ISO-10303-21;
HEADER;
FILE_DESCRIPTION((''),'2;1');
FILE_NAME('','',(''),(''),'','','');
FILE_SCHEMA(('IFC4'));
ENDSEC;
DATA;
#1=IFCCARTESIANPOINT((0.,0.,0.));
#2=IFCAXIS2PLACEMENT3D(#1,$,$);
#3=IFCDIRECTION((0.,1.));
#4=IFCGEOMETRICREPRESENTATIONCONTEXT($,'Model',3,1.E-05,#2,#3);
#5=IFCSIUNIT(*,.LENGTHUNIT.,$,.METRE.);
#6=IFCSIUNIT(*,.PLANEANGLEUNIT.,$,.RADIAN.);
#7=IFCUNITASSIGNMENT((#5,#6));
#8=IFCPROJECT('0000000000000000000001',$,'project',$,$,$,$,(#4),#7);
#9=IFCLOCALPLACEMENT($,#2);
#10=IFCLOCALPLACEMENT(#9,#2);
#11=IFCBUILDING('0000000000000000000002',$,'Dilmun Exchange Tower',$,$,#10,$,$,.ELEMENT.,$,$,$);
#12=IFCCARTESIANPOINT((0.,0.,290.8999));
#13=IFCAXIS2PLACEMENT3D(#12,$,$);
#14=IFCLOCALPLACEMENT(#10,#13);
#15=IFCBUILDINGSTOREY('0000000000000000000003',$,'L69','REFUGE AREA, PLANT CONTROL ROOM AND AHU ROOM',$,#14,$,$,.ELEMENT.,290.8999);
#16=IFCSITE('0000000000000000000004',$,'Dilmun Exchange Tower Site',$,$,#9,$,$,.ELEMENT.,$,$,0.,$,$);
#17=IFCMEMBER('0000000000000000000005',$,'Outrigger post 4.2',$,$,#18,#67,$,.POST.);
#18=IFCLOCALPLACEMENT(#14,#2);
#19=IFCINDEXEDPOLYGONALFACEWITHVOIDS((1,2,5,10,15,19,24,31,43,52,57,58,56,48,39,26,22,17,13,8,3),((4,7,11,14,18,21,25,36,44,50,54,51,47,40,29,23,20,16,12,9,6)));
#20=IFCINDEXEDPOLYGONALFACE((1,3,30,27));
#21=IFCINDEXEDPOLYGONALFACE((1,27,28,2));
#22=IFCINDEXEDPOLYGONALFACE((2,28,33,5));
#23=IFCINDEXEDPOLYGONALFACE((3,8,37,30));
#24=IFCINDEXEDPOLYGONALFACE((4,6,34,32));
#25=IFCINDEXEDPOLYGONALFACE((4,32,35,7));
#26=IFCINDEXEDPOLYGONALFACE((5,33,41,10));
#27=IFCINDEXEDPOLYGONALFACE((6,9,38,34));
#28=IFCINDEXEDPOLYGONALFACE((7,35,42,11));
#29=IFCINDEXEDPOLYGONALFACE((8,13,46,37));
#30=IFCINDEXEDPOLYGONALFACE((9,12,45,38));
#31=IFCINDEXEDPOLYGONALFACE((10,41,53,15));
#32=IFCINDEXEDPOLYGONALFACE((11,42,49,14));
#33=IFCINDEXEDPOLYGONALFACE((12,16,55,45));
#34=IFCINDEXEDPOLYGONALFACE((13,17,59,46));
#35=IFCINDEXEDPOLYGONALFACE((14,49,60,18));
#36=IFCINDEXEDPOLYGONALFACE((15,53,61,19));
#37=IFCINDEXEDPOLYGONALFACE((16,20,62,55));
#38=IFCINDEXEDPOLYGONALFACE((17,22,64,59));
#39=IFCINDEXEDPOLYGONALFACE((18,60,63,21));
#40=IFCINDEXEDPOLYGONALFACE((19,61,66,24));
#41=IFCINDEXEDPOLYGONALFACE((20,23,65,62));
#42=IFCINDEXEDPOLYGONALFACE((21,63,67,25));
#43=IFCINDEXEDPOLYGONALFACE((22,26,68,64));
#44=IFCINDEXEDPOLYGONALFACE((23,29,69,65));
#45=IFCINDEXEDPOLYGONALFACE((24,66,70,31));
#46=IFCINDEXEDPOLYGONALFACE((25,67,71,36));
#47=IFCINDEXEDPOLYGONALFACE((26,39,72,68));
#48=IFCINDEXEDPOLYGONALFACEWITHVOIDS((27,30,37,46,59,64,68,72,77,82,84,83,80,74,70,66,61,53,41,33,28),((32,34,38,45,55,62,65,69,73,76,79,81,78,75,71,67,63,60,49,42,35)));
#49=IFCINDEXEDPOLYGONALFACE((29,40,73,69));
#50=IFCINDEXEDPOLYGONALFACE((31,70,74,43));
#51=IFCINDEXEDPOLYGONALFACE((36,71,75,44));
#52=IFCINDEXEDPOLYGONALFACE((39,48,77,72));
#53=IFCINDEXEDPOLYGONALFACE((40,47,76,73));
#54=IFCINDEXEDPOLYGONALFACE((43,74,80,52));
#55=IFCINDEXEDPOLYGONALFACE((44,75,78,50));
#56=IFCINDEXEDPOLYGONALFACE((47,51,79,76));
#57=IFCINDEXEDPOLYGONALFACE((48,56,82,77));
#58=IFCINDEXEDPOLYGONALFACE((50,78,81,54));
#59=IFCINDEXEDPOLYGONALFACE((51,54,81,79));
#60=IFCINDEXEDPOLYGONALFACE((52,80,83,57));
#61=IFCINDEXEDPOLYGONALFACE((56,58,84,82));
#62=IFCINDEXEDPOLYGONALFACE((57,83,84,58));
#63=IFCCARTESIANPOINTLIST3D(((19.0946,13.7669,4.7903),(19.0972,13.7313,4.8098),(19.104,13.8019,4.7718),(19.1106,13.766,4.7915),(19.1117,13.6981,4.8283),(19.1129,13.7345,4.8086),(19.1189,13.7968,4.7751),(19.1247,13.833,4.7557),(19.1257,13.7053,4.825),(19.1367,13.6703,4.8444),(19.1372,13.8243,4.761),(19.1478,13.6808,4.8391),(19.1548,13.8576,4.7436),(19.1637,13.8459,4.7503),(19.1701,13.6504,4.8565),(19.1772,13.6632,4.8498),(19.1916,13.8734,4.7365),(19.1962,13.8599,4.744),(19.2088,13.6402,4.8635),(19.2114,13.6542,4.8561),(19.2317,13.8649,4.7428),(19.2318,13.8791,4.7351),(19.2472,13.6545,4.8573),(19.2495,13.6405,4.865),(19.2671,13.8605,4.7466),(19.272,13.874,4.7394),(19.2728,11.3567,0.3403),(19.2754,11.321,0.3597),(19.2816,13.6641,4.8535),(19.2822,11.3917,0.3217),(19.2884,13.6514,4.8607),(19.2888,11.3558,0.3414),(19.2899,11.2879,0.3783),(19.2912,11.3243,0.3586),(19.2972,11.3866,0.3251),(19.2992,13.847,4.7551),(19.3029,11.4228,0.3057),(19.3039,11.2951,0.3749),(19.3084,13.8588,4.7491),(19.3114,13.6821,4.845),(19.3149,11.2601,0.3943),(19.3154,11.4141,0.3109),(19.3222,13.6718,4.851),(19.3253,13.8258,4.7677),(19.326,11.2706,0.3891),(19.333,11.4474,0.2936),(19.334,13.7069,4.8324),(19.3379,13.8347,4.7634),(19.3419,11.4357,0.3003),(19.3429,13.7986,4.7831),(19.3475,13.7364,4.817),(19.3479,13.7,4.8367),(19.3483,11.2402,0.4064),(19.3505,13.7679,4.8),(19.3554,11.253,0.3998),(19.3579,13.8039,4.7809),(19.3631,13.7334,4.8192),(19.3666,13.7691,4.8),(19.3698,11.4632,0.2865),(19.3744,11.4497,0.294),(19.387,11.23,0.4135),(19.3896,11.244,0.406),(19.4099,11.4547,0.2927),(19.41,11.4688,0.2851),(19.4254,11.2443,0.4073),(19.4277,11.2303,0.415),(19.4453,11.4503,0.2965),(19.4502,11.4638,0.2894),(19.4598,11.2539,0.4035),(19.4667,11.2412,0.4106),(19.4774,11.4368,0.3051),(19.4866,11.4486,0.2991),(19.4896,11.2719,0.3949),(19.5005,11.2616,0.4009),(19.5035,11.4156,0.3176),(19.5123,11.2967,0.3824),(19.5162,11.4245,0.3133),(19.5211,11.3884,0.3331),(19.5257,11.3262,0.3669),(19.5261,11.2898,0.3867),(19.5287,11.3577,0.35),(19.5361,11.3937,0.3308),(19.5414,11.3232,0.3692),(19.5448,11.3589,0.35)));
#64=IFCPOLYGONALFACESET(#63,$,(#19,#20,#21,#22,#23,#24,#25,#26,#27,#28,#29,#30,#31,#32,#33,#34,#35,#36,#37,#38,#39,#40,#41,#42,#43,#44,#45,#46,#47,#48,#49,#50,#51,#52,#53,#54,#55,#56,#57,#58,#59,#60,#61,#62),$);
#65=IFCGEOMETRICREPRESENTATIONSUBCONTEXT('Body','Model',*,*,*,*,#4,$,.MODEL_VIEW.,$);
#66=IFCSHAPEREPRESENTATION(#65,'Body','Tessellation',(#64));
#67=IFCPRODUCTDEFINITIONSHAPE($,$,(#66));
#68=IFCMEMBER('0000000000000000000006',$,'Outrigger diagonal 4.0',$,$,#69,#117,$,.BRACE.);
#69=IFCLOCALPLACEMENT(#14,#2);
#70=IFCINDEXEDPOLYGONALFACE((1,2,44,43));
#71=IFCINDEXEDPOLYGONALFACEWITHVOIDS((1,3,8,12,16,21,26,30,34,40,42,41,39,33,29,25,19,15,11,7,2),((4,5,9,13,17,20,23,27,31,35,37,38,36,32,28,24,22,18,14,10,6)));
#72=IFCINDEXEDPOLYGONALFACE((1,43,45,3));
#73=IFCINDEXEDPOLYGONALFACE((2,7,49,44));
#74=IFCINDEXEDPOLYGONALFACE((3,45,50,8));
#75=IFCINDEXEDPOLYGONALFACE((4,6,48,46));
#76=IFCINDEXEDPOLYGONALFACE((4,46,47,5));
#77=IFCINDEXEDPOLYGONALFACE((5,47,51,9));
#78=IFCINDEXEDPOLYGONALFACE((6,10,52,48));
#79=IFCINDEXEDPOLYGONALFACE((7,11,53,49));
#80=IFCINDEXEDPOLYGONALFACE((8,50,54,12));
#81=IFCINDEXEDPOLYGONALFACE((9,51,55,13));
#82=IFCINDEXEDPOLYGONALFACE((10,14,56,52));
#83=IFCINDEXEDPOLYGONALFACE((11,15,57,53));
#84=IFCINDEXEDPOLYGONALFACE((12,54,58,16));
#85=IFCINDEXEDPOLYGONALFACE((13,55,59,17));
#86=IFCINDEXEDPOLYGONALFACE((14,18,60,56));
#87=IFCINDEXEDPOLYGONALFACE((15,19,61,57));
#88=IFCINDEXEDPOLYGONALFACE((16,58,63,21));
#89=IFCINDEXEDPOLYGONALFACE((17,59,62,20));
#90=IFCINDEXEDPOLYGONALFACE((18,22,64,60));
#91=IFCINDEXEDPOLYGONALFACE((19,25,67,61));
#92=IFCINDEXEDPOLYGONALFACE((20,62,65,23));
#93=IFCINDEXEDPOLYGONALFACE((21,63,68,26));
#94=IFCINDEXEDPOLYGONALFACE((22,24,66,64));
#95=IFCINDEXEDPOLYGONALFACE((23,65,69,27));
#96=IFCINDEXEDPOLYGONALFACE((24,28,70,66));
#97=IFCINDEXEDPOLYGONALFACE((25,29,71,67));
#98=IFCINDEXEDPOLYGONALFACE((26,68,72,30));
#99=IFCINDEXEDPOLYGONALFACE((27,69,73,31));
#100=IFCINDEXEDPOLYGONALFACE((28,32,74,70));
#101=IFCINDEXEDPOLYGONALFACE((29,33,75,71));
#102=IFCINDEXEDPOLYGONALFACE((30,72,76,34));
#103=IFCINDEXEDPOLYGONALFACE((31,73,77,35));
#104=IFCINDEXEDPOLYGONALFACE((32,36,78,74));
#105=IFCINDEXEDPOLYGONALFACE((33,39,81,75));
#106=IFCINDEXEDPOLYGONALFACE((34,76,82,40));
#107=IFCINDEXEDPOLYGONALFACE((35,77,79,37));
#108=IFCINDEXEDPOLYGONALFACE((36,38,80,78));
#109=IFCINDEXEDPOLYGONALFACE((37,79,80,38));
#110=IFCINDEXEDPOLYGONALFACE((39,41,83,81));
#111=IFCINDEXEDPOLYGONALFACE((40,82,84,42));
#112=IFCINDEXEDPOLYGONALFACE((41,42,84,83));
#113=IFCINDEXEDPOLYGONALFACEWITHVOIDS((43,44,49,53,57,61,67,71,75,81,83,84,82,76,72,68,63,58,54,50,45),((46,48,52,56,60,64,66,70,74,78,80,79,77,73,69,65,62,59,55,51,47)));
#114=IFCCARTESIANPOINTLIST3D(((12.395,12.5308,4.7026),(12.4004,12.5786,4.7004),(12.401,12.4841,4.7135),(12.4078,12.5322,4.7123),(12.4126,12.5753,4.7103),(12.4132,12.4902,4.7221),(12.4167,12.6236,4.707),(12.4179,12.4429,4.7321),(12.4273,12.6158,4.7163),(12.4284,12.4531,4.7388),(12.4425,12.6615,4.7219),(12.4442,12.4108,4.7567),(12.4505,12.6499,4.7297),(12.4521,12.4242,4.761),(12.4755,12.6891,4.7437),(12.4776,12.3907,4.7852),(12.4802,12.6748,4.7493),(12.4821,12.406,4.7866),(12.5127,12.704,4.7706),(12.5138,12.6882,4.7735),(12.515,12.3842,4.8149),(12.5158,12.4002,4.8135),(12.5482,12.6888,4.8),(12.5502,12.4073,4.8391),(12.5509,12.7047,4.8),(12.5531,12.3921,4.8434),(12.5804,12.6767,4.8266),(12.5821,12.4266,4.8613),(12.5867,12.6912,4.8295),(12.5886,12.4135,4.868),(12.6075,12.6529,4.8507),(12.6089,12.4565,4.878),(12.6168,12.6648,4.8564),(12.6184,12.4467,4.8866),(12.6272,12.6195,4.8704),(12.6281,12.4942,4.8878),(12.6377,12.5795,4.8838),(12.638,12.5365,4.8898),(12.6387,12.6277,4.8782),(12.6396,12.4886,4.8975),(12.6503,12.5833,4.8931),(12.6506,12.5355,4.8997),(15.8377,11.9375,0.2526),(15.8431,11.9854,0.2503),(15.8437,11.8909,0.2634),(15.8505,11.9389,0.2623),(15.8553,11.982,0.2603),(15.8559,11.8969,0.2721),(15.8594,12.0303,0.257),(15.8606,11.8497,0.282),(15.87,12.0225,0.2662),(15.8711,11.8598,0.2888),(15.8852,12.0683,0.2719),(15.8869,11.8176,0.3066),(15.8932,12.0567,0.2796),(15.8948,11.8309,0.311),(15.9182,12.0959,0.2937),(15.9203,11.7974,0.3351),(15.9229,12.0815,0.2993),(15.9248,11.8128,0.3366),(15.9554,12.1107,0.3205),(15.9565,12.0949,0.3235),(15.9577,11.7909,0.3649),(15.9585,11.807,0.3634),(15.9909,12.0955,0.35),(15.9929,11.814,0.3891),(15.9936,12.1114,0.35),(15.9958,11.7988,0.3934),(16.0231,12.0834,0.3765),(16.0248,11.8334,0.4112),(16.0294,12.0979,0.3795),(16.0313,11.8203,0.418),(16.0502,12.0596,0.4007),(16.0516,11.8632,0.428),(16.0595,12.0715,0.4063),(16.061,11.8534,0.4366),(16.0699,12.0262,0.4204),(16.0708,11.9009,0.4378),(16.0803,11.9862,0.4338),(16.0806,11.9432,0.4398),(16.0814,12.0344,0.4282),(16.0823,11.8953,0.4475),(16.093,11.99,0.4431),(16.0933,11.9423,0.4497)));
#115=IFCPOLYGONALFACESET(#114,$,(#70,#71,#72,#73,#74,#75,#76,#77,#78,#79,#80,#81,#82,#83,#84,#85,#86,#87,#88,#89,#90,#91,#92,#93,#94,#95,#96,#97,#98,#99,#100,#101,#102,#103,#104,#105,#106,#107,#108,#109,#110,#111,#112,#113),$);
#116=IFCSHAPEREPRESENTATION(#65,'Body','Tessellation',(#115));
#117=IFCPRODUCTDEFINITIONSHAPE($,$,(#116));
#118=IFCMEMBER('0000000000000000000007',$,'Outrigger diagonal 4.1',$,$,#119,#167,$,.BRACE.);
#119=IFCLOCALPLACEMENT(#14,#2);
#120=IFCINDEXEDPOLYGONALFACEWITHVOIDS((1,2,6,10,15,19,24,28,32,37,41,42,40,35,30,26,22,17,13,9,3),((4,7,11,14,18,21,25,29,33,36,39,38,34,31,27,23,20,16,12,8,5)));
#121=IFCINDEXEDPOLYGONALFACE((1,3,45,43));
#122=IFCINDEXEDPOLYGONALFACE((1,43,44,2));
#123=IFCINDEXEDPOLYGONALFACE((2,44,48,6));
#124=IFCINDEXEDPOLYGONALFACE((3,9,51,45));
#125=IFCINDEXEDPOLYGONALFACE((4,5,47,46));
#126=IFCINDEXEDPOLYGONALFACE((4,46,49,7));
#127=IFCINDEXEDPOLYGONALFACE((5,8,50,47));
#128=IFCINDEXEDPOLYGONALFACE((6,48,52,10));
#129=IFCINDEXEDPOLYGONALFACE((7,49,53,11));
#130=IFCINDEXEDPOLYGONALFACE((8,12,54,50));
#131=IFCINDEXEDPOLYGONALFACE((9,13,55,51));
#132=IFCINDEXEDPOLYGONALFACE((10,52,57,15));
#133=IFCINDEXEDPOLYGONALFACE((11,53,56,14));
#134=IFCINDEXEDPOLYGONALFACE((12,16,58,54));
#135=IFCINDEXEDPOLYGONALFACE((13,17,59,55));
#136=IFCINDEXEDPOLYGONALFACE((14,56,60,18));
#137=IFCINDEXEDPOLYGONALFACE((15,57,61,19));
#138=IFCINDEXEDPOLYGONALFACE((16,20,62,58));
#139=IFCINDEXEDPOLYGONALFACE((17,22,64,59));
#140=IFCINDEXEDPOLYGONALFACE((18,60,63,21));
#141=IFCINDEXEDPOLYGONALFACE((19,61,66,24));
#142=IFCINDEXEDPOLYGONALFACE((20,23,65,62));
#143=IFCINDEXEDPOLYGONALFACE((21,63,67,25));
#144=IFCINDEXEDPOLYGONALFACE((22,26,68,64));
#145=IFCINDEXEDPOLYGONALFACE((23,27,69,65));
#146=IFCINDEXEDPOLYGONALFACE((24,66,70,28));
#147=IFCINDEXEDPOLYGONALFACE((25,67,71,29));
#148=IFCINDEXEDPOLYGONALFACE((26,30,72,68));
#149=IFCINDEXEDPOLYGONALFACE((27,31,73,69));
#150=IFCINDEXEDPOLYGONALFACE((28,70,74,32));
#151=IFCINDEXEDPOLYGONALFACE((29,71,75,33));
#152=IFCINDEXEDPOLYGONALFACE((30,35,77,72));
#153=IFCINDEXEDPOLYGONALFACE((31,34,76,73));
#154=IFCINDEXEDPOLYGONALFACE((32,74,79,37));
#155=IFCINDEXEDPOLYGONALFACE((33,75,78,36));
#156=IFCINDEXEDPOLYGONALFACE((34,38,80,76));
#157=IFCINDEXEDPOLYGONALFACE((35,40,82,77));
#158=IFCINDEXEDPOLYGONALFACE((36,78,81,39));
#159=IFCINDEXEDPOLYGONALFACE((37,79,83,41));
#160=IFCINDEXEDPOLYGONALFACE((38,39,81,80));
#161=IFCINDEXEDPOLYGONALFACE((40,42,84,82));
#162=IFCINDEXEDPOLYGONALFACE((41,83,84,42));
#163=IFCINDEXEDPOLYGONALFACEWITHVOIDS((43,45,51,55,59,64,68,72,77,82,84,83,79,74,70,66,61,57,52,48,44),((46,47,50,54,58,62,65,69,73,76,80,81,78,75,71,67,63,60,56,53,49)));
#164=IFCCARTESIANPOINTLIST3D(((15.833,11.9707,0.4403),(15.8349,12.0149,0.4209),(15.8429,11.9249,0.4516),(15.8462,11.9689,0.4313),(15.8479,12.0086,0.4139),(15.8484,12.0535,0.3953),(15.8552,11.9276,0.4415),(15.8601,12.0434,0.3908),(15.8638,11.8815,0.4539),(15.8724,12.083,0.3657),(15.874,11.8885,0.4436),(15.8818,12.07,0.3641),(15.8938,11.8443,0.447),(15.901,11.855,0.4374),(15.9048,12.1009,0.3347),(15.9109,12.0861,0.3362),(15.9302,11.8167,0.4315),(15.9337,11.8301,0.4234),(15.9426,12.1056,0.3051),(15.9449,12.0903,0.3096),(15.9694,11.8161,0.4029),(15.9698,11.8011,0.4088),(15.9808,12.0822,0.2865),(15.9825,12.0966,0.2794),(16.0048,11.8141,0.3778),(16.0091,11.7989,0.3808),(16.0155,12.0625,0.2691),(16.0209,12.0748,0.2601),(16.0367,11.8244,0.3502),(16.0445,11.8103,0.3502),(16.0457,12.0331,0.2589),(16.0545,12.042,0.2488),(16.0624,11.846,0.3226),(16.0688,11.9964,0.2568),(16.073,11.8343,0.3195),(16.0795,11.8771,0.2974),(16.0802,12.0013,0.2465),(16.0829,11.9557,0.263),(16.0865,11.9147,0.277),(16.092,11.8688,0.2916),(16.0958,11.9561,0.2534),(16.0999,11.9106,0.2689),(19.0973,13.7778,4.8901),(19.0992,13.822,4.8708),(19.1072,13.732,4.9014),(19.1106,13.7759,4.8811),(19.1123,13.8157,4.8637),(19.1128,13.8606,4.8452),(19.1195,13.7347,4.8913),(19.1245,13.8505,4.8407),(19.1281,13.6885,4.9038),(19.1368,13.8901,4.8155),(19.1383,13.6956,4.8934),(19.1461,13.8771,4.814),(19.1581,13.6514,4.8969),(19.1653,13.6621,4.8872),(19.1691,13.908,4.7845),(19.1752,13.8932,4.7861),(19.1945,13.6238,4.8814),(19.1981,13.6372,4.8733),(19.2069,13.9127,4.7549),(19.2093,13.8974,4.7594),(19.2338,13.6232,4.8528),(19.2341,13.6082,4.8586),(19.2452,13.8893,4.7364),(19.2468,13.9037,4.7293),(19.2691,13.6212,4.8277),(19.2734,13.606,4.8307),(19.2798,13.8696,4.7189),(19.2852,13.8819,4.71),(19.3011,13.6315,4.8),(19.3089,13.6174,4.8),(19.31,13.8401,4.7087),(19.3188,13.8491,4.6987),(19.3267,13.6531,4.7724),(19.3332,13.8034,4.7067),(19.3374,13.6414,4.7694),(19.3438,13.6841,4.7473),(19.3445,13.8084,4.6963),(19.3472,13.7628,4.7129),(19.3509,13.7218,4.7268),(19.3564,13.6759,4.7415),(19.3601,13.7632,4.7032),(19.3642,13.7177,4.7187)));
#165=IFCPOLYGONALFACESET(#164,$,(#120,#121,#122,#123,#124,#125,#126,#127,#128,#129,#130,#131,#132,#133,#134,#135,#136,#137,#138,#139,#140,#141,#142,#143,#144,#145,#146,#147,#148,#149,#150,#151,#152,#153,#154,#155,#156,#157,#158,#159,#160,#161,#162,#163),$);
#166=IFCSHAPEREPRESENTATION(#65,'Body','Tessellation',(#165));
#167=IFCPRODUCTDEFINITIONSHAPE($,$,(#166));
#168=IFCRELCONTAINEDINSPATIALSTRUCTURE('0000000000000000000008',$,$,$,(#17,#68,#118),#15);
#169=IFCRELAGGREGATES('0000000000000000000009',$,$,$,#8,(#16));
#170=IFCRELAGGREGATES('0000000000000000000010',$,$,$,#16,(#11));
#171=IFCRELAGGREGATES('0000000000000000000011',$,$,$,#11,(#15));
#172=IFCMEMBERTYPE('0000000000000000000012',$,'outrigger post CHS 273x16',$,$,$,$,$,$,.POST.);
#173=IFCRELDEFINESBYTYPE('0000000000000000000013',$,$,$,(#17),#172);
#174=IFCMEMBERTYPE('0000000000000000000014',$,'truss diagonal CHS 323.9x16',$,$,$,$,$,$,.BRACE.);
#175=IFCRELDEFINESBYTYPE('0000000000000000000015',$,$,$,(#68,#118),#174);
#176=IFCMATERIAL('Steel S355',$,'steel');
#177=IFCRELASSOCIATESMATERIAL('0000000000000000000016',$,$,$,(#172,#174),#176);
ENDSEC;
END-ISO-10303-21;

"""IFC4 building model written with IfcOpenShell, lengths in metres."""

from ifc_helpers import new_model, si_unit, direction, frame, origin, origin_2d, place, context, subcontext, project, spatial, hollow_circle, extrude, material, material_profile, profile_set, type_object, element, save


model = new_model("IFC4")

# Units and contexts
model_context = context("Model", 3, precision=1e-05, world=origin(), true_north=direction((0.0, 1.0)))
body_context = subcontext(model_context, "Body", "Model", "MODEL_VIEW")
ifc_project = project(units=[si_unit("LENGTHUNIT", "METRE"), si_unit("PLANEANGLEUNIT", "RADIAN")], contexts=[model_context])

# Site, building, storey
site_placement = place(None, origin())
site = spatial("IfcSite", under=ifc_project, at=site_placement, Name="Dilmun Exchange Tower Site", CompositionType="ELEMENT", RefElevation=0.0)
building_placement = place(site_placement, origin())
building = spatial("IfcBuilding", under=site, at=building_placement, Name="Dilmun Exchange Tower", CompositionType="ELEMENT")
storey_placement = place(building_placement, frame((0.0, 0.0, 290.8999)))
storey = spatial("IfcBuildingStorey", under=building, at=storey_placement, Name="L69", Description="REFUGE AREA, PLANT CONTROL ROOM AND AHU ROOM", CompositionType="ELEMENT", Elevation=290.8999)

# Shared definitions
ifc_material_1 = material(Name="Steel S355", Category="steel")

# Members
ifc_material_profile_1 = material_profile(ifc_material_1, hollow_circle(Radius=0.1365, WallThickness=0.0161, at=origin_2d()), Name="CHS 273x16")
ifc_profile_set_1 = profile_set([ifc_material_profile_1], Name="Steel S355")
member_type_1 = type_object("IfcMemberType", Name="outrigger post CHS 273x16", PredefinedType="POST", material=ifc_profile_set_1)
member_1_placement = place(storey_placement, frame((19.2305, 13.759, 4.8), z_axis=(0.035195, -0.475952, -0.878767), x_axis=(0.997277, 0.073745, 0.0)))
element("IfcMember", 1, at=member_1_placement, inside=storey, type_object=member_type_1, Name="Outrigger post 4.2", PredefinedType="POST", context=body_context, shape_type="SweptSolid", body=[
    extrude(hollow_circle(Radius=0.1365, WallThickness=0.0161, at=origin_2d()), origin(), (0.0, 0.0, 1.0), 5.064),
])
ifc_material_profile_2 = material_profile(ifc_material_1, hollow_circle(Radius=0.1619, WallThickness=0.0161, at=origin_2d()), Name="CHS 323.9x16")
ifc_profile_set_2 = profile_set([ifc_material_profile_2], Name="Steel S355")
member_type_2 = type_object("IfcMemberType", Name="truss diagonal CHS 323.9x16", PredefinedType="BRACE", material=ifc_profile_set_2)
member_2_placement = place(storey_placement, frame((12.5234, 12.5452, 4.8), z_axis=(0.608522, -0.104865, -0.786578), x_axis=(0.169825, 0.985474, 0.0)))
element("IfcMember", 2, at=member_2_placement, inside=storey, type_object=member_type_2, Name="Outrigger diagonal 4.0", PredefinedType="BRACE", context=body_context, shape_type="SweptSolid", body=[
    extrude(hollow_circle(Radius=0.1619, WallThickness=0.0161, at=origin_2d()), origin(), (0.0, 0.0, 1.0), 5.6575),
])
member_3_placement = place(storey_placement, frame((19.2305, 13.759, 4.8), z_axis=(-0.562126, -0.311185, -0.766276), x_axis=(0.484326, -0.874888, 0.0)))
element("IfcMember", 3, at=member_3_placement, inside=storey, type_object=member_type_2, Name="Outrigger diagonal 4.1", PredefinedType="BRACE", context=body_context, shape_type="SweptSolid", body=[
    extrude(hollow_circle(Radius=0.1619, WallThickness=0.0161, at=origin_2d()), origin(), (0.0, 0.0, 1.0), 5.8071),
])

save(model, "model.ifc")
